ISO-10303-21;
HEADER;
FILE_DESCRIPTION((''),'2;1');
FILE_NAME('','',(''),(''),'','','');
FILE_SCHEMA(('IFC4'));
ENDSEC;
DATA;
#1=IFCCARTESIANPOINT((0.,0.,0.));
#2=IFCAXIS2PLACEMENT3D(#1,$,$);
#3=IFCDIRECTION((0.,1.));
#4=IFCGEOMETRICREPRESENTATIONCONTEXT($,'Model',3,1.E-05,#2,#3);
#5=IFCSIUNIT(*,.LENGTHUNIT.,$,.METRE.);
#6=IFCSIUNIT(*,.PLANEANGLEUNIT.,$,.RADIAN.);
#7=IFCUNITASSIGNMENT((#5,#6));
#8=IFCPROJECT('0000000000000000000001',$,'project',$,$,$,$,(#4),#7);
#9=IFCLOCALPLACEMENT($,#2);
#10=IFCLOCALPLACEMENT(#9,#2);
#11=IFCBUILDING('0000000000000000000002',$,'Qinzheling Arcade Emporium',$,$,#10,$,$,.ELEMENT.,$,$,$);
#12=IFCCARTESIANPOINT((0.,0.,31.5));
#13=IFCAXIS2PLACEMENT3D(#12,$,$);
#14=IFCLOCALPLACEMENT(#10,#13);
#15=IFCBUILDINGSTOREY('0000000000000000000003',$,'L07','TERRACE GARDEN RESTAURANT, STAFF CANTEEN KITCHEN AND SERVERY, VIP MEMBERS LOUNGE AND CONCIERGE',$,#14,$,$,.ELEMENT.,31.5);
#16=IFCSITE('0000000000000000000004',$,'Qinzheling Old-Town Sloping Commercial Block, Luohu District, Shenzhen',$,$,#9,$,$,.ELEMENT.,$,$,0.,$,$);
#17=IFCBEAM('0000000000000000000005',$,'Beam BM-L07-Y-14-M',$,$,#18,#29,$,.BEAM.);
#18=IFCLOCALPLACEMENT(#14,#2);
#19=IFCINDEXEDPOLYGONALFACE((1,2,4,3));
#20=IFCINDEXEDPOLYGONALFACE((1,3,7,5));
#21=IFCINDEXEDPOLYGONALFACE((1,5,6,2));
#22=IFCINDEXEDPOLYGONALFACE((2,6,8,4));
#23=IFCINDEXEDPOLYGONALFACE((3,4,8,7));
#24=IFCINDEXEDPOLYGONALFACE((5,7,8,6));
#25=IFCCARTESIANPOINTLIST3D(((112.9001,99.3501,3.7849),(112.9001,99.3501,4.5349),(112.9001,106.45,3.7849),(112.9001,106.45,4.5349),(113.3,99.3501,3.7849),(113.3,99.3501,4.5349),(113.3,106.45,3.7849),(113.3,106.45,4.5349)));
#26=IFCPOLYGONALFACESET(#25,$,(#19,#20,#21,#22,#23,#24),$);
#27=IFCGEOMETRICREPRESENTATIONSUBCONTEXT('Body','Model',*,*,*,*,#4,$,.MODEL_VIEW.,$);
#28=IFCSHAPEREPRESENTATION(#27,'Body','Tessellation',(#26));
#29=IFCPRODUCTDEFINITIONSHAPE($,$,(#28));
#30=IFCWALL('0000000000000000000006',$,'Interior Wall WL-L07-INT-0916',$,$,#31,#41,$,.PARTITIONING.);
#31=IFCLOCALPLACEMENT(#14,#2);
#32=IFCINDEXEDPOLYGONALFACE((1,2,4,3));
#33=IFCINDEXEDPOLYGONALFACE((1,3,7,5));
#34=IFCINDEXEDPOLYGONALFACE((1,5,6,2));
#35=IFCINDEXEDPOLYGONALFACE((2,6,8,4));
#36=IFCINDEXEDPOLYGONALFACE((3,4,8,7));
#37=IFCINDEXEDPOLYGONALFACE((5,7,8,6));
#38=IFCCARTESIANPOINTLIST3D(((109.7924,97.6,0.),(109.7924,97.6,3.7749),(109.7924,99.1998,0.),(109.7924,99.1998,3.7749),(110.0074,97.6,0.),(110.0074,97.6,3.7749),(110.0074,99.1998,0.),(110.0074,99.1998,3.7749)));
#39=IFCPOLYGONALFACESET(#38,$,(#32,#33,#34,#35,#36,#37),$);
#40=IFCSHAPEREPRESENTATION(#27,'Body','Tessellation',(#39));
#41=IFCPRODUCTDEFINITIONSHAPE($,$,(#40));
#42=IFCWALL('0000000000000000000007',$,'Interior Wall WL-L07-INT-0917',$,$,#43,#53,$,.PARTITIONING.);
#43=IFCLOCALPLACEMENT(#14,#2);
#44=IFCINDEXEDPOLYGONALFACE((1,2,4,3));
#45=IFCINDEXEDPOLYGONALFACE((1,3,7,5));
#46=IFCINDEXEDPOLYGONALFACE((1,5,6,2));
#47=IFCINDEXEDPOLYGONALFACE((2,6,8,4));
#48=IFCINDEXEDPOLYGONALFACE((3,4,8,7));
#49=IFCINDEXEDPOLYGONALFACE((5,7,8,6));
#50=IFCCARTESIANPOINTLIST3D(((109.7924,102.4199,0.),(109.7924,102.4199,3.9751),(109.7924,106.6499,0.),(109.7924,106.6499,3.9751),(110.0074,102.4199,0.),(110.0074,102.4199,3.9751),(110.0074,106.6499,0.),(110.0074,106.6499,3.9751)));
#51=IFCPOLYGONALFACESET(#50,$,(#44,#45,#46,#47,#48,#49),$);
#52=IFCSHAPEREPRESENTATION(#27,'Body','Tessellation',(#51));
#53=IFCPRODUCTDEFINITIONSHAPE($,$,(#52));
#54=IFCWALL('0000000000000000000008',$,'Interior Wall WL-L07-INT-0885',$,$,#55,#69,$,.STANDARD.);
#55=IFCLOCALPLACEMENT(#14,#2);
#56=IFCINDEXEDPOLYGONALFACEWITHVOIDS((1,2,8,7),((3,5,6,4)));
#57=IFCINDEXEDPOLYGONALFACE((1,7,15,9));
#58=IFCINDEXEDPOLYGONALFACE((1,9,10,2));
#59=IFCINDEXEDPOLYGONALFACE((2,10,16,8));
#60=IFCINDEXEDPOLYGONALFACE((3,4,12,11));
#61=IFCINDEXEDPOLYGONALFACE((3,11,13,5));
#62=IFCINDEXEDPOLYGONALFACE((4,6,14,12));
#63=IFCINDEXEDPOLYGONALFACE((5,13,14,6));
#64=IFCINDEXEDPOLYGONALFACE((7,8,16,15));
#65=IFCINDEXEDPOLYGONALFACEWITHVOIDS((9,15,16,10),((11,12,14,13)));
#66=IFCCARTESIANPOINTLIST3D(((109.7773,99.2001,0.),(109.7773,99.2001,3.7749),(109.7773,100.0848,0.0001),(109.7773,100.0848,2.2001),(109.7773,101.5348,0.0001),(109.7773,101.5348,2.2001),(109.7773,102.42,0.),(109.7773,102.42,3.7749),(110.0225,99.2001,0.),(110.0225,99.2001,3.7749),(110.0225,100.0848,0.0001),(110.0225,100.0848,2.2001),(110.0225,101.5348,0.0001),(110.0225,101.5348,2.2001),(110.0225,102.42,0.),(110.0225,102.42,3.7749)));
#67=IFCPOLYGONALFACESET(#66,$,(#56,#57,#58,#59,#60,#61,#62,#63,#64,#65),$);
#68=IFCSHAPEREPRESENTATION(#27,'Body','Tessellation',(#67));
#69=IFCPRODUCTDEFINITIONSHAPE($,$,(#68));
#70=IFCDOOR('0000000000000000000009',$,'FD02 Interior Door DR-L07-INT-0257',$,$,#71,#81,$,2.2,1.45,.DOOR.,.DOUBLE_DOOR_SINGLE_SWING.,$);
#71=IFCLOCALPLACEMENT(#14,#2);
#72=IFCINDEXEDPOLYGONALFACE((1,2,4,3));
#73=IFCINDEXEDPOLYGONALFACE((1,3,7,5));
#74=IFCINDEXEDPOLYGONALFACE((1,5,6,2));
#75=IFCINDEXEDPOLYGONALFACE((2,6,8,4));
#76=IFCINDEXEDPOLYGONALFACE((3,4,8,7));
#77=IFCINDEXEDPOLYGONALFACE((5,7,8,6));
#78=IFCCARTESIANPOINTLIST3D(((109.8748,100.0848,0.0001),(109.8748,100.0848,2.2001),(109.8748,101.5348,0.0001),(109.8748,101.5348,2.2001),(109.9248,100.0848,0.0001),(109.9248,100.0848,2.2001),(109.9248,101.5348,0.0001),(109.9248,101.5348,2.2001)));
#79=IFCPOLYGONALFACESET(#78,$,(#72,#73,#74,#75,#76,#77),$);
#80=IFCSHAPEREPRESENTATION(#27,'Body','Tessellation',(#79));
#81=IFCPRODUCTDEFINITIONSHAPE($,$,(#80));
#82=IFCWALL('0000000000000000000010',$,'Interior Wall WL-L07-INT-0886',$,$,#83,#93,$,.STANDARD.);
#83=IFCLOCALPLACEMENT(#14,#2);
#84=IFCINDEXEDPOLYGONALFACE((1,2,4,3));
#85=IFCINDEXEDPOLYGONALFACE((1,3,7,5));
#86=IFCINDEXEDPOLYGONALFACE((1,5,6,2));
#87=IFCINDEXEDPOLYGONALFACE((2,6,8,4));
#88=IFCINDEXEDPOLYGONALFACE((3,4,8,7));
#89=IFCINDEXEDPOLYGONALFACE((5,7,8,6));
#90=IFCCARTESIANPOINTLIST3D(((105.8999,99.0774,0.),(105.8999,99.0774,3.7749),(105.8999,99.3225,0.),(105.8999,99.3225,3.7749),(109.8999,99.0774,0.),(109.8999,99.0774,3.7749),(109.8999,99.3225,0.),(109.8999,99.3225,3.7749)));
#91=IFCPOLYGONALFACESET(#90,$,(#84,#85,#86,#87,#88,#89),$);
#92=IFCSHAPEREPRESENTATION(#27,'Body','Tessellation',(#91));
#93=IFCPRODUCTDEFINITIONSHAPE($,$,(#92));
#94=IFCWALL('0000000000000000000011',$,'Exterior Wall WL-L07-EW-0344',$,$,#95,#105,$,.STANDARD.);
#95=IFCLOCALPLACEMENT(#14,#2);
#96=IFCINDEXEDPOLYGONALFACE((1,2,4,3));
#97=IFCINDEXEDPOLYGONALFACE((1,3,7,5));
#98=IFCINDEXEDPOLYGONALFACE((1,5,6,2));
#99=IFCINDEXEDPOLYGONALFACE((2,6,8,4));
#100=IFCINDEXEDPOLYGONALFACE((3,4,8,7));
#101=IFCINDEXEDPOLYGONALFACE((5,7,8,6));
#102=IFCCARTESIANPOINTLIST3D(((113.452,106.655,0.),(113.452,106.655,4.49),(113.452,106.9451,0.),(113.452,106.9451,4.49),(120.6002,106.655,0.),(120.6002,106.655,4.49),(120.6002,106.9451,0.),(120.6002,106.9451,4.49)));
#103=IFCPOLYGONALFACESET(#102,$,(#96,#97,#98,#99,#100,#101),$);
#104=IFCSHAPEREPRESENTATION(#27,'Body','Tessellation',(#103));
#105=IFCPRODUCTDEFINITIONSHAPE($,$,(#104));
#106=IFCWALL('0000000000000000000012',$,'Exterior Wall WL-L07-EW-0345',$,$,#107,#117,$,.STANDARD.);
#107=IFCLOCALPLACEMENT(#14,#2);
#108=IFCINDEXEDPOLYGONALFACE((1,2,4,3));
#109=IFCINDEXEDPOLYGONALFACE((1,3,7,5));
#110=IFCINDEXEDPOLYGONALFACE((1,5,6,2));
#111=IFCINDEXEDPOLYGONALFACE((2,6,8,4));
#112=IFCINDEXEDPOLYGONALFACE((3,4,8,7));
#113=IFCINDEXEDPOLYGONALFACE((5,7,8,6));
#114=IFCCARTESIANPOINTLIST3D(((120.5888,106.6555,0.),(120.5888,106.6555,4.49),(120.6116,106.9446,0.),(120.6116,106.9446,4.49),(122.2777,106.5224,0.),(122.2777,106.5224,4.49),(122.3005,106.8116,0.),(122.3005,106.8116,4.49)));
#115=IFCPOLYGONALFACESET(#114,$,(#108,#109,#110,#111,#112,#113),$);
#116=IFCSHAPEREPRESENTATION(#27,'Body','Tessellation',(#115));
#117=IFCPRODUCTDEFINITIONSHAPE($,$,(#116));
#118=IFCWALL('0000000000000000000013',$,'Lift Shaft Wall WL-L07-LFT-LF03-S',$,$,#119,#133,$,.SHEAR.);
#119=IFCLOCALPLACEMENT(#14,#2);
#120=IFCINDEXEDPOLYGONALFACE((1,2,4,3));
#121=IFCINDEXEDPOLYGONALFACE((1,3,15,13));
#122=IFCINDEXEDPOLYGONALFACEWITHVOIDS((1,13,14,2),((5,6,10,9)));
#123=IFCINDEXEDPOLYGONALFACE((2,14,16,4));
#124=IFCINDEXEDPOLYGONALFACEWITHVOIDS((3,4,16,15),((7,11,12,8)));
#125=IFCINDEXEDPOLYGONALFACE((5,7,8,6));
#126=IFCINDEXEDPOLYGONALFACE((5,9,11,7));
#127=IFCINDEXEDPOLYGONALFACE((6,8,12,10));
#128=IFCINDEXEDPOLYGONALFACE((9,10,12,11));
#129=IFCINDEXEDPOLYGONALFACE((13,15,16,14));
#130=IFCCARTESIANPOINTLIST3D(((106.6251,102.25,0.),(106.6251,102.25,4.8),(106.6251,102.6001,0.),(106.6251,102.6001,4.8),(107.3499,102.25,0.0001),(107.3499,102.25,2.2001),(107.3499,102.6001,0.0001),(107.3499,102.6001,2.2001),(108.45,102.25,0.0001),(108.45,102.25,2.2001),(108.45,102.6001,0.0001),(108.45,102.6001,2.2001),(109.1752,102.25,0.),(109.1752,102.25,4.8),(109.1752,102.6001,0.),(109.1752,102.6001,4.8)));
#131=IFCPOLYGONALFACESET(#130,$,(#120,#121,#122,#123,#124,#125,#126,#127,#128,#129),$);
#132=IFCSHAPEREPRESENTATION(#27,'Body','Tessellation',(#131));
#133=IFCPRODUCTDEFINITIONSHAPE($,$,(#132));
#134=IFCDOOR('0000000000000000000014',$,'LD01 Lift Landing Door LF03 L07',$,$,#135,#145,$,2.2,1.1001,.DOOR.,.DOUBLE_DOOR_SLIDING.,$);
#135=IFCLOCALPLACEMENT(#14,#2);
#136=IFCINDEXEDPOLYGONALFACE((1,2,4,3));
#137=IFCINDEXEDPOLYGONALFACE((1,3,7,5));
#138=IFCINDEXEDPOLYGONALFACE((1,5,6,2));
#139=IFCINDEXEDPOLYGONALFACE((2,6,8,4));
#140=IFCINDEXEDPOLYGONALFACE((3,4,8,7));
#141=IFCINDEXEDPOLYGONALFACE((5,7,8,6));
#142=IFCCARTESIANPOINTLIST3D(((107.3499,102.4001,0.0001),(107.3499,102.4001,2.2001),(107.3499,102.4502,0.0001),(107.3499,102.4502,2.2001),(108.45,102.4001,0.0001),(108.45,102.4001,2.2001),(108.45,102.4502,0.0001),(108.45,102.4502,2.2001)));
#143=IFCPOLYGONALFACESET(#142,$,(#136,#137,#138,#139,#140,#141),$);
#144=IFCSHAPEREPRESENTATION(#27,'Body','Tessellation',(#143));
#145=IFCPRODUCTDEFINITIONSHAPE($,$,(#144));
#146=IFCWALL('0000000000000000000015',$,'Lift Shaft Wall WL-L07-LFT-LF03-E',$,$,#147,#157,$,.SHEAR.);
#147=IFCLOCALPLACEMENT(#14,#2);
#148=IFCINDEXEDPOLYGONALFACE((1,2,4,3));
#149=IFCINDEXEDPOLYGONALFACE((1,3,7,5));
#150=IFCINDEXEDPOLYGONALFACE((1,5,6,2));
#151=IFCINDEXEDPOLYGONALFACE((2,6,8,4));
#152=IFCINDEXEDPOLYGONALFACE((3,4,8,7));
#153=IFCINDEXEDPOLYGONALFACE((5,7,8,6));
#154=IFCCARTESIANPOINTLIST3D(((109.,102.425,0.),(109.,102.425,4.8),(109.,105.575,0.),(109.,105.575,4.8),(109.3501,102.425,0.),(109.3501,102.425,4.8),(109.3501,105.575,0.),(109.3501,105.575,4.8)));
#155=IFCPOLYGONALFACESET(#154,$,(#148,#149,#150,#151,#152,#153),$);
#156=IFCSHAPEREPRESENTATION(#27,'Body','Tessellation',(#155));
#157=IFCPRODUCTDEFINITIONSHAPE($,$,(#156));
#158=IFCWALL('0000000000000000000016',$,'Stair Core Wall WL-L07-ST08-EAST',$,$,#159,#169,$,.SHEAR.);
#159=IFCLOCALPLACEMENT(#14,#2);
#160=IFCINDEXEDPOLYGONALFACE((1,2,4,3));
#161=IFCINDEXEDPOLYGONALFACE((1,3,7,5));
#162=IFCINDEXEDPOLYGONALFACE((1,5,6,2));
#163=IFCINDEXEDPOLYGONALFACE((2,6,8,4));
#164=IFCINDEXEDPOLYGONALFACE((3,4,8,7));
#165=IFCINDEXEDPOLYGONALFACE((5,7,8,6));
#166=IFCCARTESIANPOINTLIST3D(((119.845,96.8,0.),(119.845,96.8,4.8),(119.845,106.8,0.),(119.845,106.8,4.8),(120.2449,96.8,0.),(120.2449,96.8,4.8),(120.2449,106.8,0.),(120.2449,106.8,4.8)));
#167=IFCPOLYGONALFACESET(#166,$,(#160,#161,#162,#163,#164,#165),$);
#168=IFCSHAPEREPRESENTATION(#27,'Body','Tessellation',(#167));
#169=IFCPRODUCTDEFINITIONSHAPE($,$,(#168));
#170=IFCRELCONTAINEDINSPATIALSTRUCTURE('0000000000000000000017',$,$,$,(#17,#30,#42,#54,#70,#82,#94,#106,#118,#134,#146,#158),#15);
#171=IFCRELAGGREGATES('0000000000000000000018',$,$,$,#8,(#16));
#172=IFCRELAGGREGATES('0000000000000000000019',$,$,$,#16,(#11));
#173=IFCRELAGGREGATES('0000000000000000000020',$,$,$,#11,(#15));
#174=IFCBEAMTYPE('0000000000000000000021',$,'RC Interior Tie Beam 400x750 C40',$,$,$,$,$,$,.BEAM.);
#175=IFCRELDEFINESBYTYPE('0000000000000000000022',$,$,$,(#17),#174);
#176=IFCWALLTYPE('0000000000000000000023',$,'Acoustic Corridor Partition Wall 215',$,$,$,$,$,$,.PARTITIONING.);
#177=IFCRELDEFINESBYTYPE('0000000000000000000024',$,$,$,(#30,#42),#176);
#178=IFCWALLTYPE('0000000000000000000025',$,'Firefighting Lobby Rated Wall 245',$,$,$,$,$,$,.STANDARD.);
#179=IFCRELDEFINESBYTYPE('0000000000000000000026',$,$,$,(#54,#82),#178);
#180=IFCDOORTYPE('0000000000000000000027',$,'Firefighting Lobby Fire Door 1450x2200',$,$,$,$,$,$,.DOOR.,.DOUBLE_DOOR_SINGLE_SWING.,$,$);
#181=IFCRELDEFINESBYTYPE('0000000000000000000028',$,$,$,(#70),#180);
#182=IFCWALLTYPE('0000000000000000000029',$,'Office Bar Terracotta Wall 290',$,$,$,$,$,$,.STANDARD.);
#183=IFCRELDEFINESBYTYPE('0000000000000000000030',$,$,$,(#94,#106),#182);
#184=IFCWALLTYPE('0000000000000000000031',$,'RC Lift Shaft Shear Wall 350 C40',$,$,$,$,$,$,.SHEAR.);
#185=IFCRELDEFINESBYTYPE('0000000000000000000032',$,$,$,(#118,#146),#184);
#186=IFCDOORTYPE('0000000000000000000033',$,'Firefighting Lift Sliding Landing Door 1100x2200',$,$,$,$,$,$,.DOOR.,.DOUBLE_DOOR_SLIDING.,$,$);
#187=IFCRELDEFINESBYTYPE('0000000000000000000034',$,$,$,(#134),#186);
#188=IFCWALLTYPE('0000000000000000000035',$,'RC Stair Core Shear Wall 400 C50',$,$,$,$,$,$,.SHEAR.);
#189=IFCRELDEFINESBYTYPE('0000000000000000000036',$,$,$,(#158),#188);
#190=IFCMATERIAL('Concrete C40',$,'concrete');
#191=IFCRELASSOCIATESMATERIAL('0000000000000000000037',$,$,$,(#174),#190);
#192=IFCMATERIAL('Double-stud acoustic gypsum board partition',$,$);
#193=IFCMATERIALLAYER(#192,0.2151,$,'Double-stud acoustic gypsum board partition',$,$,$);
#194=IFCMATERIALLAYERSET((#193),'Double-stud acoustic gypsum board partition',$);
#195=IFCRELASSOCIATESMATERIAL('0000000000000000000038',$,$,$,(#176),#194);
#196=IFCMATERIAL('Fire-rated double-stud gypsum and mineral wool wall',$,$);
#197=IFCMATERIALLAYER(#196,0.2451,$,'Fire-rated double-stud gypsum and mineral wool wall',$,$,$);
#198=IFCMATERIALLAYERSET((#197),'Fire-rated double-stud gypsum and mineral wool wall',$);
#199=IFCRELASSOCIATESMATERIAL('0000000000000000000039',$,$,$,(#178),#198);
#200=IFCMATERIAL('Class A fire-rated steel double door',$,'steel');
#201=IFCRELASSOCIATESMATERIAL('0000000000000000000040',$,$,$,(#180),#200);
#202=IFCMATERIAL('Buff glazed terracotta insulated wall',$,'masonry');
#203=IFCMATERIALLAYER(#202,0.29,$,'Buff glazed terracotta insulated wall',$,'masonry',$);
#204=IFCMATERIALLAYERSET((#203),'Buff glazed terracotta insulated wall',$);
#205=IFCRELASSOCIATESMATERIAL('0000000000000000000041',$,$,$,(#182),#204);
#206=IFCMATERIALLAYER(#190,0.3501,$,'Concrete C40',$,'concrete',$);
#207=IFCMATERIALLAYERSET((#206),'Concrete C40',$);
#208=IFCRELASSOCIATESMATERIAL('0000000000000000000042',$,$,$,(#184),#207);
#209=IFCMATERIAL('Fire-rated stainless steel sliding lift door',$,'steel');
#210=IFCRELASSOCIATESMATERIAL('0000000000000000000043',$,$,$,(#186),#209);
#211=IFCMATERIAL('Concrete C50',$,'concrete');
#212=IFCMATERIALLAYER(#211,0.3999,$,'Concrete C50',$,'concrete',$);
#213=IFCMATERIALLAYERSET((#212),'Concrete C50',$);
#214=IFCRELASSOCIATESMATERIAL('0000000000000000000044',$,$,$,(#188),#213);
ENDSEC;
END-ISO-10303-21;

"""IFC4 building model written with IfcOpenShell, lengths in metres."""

from ifc_helpers import new_model, si_unit, direction, frame, frame_2d, origin, origin_2d, place, context, subcontext, project, spatial, rectangle, extrude, material, layer, layer_set, material_profile, profile_set, type_object, element, fill, save


model = new_model("IFC4")

# Units and contexts
model_context = context("Model", 3, precision=1e-05, world=origin(), true_north=direction((0.0, 1.0)))
body_context = subcontext(model_context, "Body", "Model", "MODEL_VIEW")
ifc_project = project(units=[si_unit("LENGTHUNIT", "METRE"), si_unit("PLANEANGLEUNIT", "RADIAN")], contexts=[model_context])

# Site, building, storey
site_placement = place(None, origin())
site = spatial("IfcSite", under=ifc_project, at=site_placement, Name="Qinzheling Old-Town Sloping Commercial Block, Luohu District, Shenzhen", CompositionType="ELEMENT", RefElevation=0.0)
building_placement = place(site_placement, origin())
building = spatial("IfcBuilding", under=site, at=building_placement, Name="Qinzheling Arcade Emporium", CompositionType="ELEMENT")
storey_placement = place(building_placement, frame((0.0, 0.0, 31.5)))
storey = spatial("IfcBuildingStorey", under=building, at=storey_placement, Name="L07", Description="TERRACE GARDEN RESTAURANT, STAFF CANTEEN KITCHEN AND SERVERY, VIP MEMBERS LOUNGE AND CONCIERGE", CompositionType="ELEMENT", Elevation=31.5)

# Shared definitions
ifc_material_1 = material(Name="Concrete C40", Category="concrete")

# Beam
ifc_material_profile_1 = material_profile(ifc_material_1, rectangle(XDim=0.3999, YDim=0.75, at=origin_2d()), Name="RC 400x750", Category="concrete")
ifc_profile_set_1 = profile_set([ifc_material_profile_1], Name="Concrete C40")
beam_type = type_object("IfcBeamType", Name="RC Interior Tie Beam 400x750 C40", PredefinedType="BEAM", material=ifc_profile_set_1)
beam_1_placement = place(storey_placement, frame((113.1001, 99.3501, 4.1599), z_axis=(0.0, 1.0, 0.0), x_axis=(-1.0, 0.0, 0.0)))
element("IfcBeam", 1, at=beam_1_placement, inside=storey, type_object=beam_type, Name="Beam BM-L07-Y-14-M", PredefinedType="BEAM", context=body_context, shape_type="SweptSolid", body=[
    extrude(rectangle(XDim=0.3999, YDim=0.75, at=origin_2d()), origin(), (0.0, 0.0, 1.0), 7.0999),
])

# Walls
ifc_material_2 = material(Name="Double-stud acoustic gypsum board partition")
ifc_layer_1 = layer(ifc_material_2, 0.2151, Name="Double-stud acoustic gypsum board partition")
ifc_layer_set_1 = layer_set([ifc_layer_1], Name="Double-stud acoustic gypsum board partition")
wall_type_1 = type_object("IfcWallType", Name="Acoustic Corridor Partition Wall 215", PredefinedType="PARTITIONING", material=ifc_layer_set_1)
wall_1_placement = place(storey_placement, frame((109.8999, 97.6001, 0.0), z_axis=(0.0, 0.0, 1.0), x_axis=(0.0, 1.0, 0.0)))
element("IfcWall", 2, at=wall_1_placement, inside=storey, type_object=wall_type_1, Name="Interior Wall WL-L07-INT-0916", PredefinedType="PARTITIONING", context=body_context, shape_type="SweptSolid", body=[
    extrude(rectangle(XDim=1.5999, YDim=0.2151, at=frame_2d((0.7998, 0.0))), origin(), (0.0, 0.0, 1.0), 3.7749),
])
wall_2_placement = place(storey_placement, frame((109.8999, 102.4199, 0.0), z_axis=(0.0, 0.0, 1.0), x_axis=(0.0, 1.0, 0.0)))
element("IfcWall", 3, at=wall_2_placement, inside=storey, type_object=wall_type_1, Name="Interior Wall WL-L07-INT-0917", PredefinedType="PARTITIONING", context=body_context, shape_type="SweptSolid", body=[
    extrude(rectangle(XDim=4.23, YDim=0.2151, at=frame_2d((2.115, 0.0))), origin(), (0.0, 0.0, 1.0), 3.9751),
])

# Wall, opening, door
ifc_material_3 = material(Name="Fire-rated double-stud gypsum and mineral wool wall")
ifc_layer_2 = layer(ifc_material_3, 0.2451, Name="Fire-rated double-stud gypsum and mineral wool wall")
ifc_layer_set_2 = layer_set([ifc_layer_2], Name="Fire-rated double-stud gypsum and mineral wool wall")
wall_type_2 = type_object("IfcWallType", Name="Firefighting Lobby Rated Wall 245", PredefinedType="STANDARD", material=ifc_layer_set_2)
wall_3_placement = place(storey_placement, frame((109.8999, 102.4199, 0.0), z_axis=(0.0, 0.0, 1.0), x_axis=(0.0, -1.0, 0.0)))
wall_3 = element("IfcWall", 4, at=wall_3_placement, inside=storey, type_object=wall_type_2, Name="Interior Wall WL-L07-INT-0885", PredefinedType="STANDARD", context=body_context, shape_type="SweptSolid", body=[
    extrude(rectangle(XDim=3.22, YDim=0.2451, at=frame_2d((1.6099, 0.0))), origin(), (0.0, 0.0, 1.0), 3.7749),
])
opening_1_placement = place(wall_3_placement, frame((0.885, 0.0, 0.0)))
opening_1 = element("IfcOpeningElement", 5, at=opening_1_placement, cuts=wall_3, PredefinedType="OPENING", context=body_context, shape_type="SweptSolid", body=[
    extrude(rectangle(XDim=1.45, YDim=2.2, at=frame_2d((0.7251, 1.1001))), frame((0.0, 0.1326, 0.0), z_axis=(0.0, -1.0, 0.0), x_axis=(1.0, 0.0, 0.0)), (0.0, 0.0, 1.0), 0.2651),
])
ifc_material_4 = material(Name="Class A fire-rated steel double door", Category="steel")
door_type_1 = type_object("IfcDoorType", Name="Firefighting Lobby Fire Door 1450x2200", OperationType="DOUBLE_DOOR_SINGLE_SWING", PredefinedType="DOOR", material=ifc_material_4)
door_1_placement = place(opening_1_placement, origin())
door_1 = element("IfcDoor", 6, at=door_1_placement, inside=storey, type_object=door_type_1, Name="FD02 Interior Door DR-L07-INT-0257", OperationType="DOUBLE_DOOR_SINGLE_SWING", OverallHeight=2.2, OverallWidth=1.45, PredefinedType="DOOR", context=body_context, shape_type="SweptSolid", body=[
    extrude(rectangle(XDim=1.45, YDim=2.2, at=frame_2d((0.7251, 1.1001))), frame((0.0, 0.0249, 0.0), z_axis=(0.0, -1.0, 0.0), x_axis=(1.0, 0.0, 0.0)), (0.0, 0.0, 1.0), 0.05),
])
fill(opening_1, door_1)

# Walls
wall_4_placement = place(storey_placement, frame((109.8999, 99.2, 0.0), z_axis=(0.0, 0.0, 1.0), x_axis=(-1.0, 0.0, 0.0)))
element("IfcWall", 7, at=wall_4_placement, inside=storey, type_object=wall_type_2, Name="Interior Wall WL-L07-INT-0886", PredefinedType="STANDARD", context=body_context, shape_type="SweptSolid", body=[
    extrude(rectangle(XDim=4.0, YDim=0.2451, at=frame_2d((2.0, 0.0))), origin(), (0.0, 0.0, 1.0), 3.7749),
])
ifc_material_5 = material(Name="Buff glazed terracotta insulated wall", Category="masonry")
ifc_layer_3 = layer(ifc_material_5, 0.29, Name="Buff glazed terracotta insulated wall", Category="masonry")
ifc_layer_set_3 = layer_set([ifc_layer_3], Name="Buff glazed terracotta insulated wall")
wall_type_3 = type_object("IfcWallType", Name="Office Bar Terracotta Wall 290", PredefinedType="STANDARD", material=ifc_layer_set_3)
wall_5_placement = place(storey_placement, frame((113.4519, 106.8, 0.0), z_axis=(0.0, 0.0, 1.0), x_axis=(1.0, 0.0, 0.0)))
element("IfcWall", 8, at=wall_5_placement, inside=storey, type_object=wall_type_3, Name="Exterior Wall WL-L07-EW-0344", PredefinedType="STANDARD", context=body_context, shape_type="SweptSolid", body=[
    extrude(rectangle(XDim=7.1482, YDim=0.29, at=frame_2d((3.5742, 0.0))), origin(), (0.0, 0.0, 1.0), 4.49),
])
wall_6_placement = place(storey_placement, frame((120.6001, 106.8, 0.0), z_axis=(0.0, 0.0, 1.0), x_axis=(0.996911, -0.078537, 0.0)))
element("IfcWall", 9, at=wall_6_placement, inside=storey, type_object=wall_type_3, Name="Exterior Wall WL-L07-EW-0345", PredefinedType="STANDARD", context=body_context, shape_type="SweptSolid", body=[
    extrude(rectangle(XDim=1.6941, YDim=0.29, at=frame_2d((0.8472, 0.0))), origin(), (0.0, 0.0, 1.0), 4.49),
])

# Wall, opening, door
ifc_layer_4 = layer(ifc_material_1, 0.3501, Name="Concrete C40", Category="concrete")
ifc_layer_set_4 = layer_set([ifc_layer_4], Name="Concrete C40")
wall_type_4 = type_object("IfcWallType", Name="RC Lift Shaft Shear Wall 350 C40", PredefinedType="SHEAR", material=ifc_layer_set_4)
wall_7_placement = place(storey_placement, frame((109.175, 102.425, 0.0), z_axis=(0.0, 0.0, 1.0), x_axis=(-1.0, 0.0, 0.0)))
wall_7 = element("IfcWall", 10, at=wall_7_placement, inside=storey, type_object=wall_type_4, Name="Lift Shaft Wall WL-L07-LFT-LF03-S", PredefinedType="SHEAR", context=body_context, shape_type="SweptSolid", body=[
    extrude(rectangle(XDim=2.55, YDim=0.3501, at=frame_2d((1.2749, 0.0))), origin(), (0.0, 0.0, 1.0), 4.8),
])
opening_2_placement = place(wall_7_placement, frame((0.7251, 0.0, 0.0)))
opening_2 = element("IfcOpeningElement", 11, at=opening_2_placement, cuts=wall_7, PredefinedType="OPENING", context=body_context, shape_type="SweptSolid", body=[
    extrude(rectangle(XDim=1.1001, YDim=2.2, at=frame_2d((0.55, 1.1001))), frame((0.0, 0.1851, 0.0), z_axis=(0.0, -1.0, 0.0), x_axis=(1.0, 0.0, 0.0)), (0.0, 0.0, 1.0), 0.3701),
])
ifc_material_6 = material(Name="Fire-rated stainless steel sliding lift door", Category="steel")
door_type_2 = type_object("IfcDoorType", Name="Firefighting Lift Sliding Landing Door 1100x2200", OperationType="DOUBLE_DOOR_SLIDING", PredefinedType="DOOR", material=ifc_material_6)
door_2_placement = place(opening_2_placement, origin())
door_2 = element("IfcDoor", 12, at=door_2_placement, inside=storey, type_object=door_type_2, Name="LD01 Lift Landing Door LF03 L07", OperationType="DOUBLE_DOOR_SLIDING", OverallHeight=2.2, OverallWidth=1.1001, PredefinedType="DOOR", context=body_context, shape_type="SweptSolid", body=[
    extrude(rectangle(XDim=1.1001, YDim=2.2, at=frame_2d((0.55, 1.1001))), frame((0.0, 0.0249, 0.0), z_axis=(0.0, -1.0, 0.0), x_axis=(1.0, 0.0, 0.0)), (0.0, 0.0, 1.0), 0.05),
])
fill(opening_2, door_2)

# Walls
wall_8_placement = place(storey_placement, frame((109.175, 105.575, 0.0), z_axis=(0.0, 0.0, 1.0), x_axis=(0.0, -1.0, 0.0)))
element("IfcWall", 13, at=wall_8_placement, inside=storey, type_object=wall_type_4, Name="Lift Shaft Wall WL-L07-LFT-LF03-E", PredefinedType="SHEAR", context=body_context, shape_type="SweptSolid", body=[
    extrude(rectangle(XDim=3.1499, YDim=0.3501, at=frame_2d((1.575, 0.0))), origin(), (0.0, 0.0, 1.0), 4.8),
])
ifc_material_7 = material(Name="Concrete C50", Category="concrete")
ifc_layer_5 = layer(ifc_material_7, 0.3999, Name="Concrete C50", Category="concrete")
ifc_layer_set_5 = layer_set([ifc_layer_5], Name="Concrete C50")
wall_type_5 = type_object("IfcWallType", Name="RC Stair Core Shear Wall 400 C50", PredefinedType="SHEAR", material=ifc_layer_set_5)
wall_9_placement = place(storey_placement, frame((120.0449, 106.8, 0.0), z_axis=(0.0, 0.0, 1.0), x_axis=(0.0, -1.0, 0.0)))
element("IfcWall", 14, at=wall_9_placement, inside=storey, type_object=wall_type_5, Name="Stair Core Wall WL-L07-ST08-EAST", PredefinedType="SHEAR", context=body_context, shape_type="SweptSolid", body=[
    extrude(rectangle(XDim=10.0, YDim=0.3999, at=frame_2d((5.0, 0.0))), origin(), (0.0, 0.0, 1.0), 4.8),
])

save(model, "model.ifc")
